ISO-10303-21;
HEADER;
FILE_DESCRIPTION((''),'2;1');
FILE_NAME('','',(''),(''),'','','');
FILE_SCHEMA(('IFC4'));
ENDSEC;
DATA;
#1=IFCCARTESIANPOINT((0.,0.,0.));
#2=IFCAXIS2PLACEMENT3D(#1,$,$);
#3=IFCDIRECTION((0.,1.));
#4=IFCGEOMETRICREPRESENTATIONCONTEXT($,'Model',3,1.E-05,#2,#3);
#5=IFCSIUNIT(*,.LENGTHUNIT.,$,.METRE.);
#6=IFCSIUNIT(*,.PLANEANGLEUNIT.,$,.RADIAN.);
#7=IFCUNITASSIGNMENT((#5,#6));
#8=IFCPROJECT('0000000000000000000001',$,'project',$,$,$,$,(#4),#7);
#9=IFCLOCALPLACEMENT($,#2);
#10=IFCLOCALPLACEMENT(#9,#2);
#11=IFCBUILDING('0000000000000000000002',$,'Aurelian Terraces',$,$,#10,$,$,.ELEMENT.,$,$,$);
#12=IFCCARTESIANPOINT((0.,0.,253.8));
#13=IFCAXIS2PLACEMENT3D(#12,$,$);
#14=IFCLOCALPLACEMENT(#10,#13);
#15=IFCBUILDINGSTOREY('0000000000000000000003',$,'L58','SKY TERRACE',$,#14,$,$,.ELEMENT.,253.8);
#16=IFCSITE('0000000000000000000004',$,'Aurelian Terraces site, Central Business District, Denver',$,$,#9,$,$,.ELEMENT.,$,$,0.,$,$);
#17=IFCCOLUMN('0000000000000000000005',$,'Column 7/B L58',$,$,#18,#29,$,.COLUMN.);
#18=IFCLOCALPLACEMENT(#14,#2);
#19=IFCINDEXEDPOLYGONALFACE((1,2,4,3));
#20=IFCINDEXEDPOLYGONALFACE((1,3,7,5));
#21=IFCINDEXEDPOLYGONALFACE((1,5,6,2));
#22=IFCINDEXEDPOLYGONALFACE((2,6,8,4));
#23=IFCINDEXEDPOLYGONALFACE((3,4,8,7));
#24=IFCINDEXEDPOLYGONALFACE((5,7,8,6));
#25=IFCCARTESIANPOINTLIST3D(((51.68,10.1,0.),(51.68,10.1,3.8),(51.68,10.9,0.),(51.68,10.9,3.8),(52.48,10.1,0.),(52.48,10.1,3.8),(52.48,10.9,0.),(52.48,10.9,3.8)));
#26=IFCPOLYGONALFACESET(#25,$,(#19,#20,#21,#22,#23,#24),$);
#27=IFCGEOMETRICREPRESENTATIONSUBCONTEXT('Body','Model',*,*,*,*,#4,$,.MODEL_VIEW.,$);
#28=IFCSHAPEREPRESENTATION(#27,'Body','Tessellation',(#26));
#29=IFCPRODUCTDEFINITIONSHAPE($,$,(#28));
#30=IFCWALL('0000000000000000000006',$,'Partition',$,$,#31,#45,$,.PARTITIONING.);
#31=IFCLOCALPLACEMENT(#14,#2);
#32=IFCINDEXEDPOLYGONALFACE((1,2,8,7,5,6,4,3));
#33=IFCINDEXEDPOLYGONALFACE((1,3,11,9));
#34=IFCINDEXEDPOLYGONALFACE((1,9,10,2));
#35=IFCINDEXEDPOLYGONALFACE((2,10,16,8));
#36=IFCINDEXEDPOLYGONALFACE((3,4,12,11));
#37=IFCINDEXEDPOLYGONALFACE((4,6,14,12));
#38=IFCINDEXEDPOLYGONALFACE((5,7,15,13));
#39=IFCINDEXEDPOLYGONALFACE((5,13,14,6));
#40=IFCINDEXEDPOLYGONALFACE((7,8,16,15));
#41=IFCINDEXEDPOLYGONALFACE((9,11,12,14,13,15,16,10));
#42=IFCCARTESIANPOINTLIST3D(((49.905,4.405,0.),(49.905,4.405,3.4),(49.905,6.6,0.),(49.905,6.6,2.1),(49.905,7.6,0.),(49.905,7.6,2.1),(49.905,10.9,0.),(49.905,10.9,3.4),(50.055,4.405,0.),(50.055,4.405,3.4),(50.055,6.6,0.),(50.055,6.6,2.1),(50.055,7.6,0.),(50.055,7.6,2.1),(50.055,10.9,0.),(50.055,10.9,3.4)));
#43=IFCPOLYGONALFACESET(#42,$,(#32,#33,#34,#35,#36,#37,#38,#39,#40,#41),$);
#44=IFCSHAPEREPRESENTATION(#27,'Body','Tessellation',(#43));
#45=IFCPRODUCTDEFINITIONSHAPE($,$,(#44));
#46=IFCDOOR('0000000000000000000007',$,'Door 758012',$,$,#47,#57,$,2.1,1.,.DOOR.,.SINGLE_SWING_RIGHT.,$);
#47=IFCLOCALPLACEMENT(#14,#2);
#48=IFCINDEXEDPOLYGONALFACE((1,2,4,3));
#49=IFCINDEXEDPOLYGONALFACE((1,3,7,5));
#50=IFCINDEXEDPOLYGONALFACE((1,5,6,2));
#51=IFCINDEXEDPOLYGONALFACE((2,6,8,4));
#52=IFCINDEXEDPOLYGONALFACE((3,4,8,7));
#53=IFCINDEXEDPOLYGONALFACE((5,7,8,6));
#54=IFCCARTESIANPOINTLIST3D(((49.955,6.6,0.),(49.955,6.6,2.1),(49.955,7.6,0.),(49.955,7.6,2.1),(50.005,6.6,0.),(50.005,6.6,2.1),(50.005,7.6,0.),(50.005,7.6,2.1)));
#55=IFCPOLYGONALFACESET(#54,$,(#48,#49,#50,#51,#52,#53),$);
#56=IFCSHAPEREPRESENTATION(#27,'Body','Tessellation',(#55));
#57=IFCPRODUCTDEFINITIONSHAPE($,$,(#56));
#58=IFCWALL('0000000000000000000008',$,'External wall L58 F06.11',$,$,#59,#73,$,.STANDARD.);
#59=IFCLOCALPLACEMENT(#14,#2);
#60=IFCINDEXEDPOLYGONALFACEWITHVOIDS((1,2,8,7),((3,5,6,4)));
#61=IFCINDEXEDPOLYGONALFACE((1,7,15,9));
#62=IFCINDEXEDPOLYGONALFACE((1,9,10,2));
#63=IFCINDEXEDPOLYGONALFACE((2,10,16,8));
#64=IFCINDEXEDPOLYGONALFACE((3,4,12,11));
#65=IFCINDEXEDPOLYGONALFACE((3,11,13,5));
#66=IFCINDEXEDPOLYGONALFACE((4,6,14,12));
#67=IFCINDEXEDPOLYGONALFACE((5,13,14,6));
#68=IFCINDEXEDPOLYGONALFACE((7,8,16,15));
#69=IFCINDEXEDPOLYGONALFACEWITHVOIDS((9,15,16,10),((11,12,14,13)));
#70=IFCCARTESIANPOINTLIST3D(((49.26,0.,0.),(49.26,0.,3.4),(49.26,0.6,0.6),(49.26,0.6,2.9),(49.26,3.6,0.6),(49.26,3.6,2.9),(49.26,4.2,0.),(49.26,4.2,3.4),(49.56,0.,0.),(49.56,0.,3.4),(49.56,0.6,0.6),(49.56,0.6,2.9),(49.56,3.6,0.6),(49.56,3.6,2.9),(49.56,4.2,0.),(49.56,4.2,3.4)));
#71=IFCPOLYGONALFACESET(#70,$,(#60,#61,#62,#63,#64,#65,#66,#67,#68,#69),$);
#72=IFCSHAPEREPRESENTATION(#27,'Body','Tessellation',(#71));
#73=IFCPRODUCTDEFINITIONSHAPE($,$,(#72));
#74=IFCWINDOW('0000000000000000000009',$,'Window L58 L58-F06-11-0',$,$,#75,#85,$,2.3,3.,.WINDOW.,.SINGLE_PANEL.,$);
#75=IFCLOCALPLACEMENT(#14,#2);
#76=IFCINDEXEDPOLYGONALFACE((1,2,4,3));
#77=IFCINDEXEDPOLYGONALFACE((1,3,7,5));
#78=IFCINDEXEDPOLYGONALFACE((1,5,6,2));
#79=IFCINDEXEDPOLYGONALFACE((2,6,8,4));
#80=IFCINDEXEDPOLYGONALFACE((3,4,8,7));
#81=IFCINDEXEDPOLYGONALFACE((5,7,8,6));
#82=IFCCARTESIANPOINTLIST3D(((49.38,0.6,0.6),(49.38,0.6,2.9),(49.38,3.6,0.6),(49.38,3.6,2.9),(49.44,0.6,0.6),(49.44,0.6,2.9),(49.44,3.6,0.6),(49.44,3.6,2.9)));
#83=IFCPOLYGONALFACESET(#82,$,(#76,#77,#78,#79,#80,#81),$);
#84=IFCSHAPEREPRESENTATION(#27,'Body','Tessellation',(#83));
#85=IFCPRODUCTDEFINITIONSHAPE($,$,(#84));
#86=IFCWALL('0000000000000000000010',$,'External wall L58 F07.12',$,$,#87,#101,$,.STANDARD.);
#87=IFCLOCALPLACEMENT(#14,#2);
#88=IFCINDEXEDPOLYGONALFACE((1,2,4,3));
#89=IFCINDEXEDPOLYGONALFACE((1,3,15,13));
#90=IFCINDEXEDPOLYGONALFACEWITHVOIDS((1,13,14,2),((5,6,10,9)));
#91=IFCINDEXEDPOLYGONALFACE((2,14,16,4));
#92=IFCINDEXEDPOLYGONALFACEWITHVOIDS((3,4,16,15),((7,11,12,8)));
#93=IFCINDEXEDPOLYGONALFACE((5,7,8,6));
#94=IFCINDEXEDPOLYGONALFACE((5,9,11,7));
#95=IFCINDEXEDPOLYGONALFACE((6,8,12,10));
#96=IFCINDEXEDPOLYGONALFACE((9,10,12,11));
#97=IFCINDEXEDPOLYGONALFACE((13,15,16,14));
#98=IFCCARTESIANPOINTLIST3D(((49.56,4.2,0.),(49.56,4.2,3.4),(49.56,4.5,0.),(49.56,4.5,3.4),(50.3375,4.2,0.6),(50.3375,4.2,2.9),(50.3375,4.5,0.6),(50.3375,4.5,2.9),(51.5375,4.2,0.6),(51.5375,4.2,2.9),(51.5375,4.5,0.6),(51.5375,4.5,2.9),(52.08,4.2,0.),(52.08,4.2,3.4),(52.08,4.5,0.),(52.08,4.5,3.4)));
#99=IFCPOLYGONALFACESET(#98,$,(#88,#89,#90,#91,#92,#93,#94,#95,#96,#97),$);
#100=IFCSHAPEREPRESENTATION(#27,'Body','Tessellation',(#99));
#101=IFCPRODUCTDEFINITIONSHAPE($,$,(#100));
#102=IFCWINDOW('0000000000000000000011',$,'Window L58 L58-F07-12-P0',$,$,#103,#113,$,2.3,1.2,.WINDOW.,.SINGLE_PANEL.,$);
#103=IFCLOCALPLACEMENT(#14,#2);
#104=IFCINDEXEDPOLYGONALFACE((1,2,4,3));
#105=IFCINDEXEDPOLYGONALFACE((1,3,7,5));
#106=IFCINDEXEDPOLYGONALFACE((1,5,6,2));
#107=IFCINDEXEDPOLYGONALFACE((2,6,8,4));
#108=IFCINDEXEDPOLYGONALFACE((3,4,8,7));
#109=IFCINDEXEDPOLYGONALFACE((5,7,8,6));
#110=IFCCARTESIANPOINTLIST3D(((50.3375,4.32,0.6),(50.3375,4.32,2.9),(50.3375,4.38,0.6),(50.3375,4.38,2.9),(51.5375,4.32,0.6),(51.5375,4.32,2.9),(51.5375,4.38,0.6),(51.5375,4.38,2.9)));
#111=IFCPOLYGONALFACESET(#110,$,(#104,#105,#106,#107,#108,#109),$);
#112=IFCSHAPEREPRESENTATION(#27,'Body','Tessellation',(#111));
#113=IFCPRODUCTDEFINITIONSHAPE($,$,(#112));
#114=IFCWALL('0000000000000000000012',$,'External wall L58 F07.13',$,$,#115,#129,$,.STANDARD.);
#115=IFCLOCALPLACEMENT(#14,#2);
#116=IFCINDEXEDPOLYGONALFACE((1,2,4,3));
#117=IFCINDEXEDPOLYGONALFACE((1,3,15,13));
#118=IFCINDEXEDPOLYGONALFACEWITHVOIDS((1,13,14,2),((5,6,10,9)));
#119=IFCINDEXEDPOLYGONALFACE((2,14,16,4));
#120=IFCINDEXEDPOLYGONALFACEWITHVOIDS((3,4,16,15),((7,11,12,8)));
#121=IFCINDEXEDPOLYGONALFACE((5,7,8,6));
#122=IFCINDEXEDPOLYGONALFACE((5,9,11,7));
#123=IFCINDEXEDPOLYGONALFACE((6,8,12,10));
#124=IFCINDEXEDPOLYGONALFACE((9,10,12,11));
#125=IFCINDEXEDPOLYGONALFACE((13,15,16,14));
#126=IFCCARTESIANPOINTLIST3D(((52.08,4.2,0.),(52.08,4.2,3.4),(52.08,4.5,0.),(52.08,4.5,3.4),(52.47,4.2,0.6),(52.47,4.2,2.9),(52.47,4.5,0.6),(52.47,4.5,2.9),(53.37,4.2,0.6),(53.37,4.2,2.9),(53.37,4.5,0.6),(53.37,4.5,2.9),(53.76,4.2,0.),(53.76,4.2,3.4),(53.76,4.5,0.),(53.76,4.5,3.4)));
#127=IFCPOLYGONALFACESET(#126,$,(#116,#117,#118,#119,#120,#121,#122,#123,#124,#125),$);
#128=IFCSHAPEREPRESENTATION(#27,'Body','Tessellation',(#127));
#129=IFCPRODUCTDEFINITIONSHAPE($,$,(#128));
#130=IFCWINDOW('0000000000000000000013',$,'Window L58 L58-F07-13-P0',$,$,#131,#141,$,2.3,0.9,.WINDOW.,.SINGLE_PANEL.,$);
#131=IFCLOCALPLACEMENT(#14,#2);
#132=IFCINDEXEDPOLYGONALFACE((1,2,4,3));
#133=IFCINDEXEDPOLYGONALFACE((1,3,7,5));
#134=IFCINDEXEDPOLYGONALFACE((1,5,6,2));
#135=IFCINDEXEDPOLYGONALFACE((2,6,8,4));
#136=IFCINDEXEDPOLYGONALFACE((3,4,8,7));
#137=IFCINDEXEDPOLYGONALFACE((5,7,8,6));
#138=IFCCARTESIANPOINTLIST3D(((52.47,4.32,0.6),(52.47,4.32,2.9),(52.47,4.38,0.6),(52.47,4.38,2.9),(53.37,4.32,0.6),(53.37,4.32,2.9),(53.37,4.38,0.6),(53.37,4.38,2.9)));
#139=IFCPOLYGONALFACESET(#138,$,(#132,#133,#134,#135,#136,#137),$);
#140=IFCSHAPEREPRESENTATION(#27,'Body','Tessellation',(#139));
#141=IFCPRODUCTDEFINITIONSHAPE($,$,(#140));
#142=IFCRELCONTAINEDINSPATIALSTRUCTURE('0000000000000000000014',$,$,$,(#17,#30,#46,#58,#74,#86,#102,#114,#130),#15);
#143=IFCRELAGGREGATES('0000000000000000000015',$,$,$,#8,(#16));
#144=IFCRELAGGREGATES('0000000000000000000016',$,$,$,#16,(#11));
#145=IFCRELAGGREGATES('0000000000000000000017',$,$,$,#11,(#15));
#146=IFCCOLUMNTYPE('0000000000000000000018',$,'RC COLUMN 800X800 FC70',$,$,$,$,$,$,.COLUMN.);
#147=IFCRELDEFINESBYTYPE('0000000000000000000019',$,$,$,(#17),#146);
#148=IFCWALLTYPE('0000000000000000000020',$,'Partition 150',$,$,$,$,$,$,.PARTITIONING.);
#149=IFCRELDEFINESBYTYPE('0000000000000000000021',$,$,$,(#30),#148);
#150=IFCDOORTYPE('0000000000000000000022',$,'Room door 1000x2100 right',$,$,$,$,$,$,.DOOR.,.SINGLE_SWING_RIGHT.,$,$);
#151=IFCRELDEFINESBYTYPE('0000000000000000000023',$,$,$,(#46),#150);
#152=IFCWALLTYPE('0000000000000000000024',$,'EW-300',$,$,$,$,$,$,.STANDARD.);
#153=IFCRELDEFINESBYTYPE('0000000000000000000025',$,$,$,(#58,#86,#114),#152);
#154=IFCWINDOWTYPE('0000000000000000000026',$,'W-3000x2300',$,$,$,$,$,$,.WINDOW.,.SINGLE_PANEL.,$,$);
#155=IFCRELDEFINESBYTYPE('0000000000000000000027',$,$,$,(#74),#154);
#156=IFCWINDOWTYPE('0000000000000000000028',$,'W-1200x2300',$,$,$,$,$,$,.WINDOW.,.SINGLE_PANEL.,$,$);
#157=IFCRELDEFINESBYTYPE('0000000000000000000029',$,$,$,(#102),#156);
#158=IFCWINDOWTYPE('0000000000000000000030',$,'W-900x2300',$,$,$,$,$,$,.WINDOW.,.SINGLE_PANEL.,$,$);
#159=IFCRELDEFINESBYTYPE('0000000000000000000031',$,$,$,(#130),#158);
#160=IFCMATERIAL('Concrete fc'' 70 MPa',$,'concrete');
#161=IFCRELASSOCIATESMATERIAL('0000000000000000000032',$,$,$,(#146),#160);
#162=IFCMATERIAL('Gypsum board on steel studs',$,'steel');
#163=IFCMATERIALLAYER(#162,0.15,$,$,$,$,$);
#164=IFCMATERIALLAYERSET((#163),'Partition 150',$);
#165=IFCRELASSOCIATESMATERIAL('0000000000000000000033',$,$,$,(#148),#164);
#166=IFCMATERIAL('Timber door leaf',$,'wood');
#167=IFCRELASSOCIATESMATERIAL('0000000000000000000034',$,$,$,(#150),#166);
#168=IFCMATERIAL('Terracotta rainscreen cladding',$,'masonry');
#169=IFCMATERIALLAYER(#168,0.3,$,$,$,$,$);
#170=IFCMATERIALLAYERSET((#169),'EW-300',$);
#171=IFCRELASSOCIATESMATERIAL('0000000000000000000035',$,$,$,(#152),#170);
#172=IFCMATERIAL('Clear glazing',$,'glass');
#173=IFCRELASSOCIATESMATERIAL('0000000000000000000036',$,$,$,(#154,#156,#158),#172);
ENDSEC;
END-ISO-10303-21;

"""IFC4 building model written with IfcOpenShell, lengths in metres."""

from ifc_helpers import new_model, si_unit, direction, frame, frame_2d, origin, origin_2d, place, context, subcontext, project, spatial, rectangle, extrude, source, transform, mapped, material, layer, layer_set, material_profile, profile_set, type_object, element, fill, save


model = new_model("IFC4")

# Units and contexts
model_context = context("Model", 3, precision=1e-05, world=origin(), true_north=direction((0.0, 1.0)))
body_context = subcontext(model_context, "Body", "Model", "MODEL_VIEW")
ifc_project = project(units=[si_unit("LENGTHUNIT", "METRE"), si_unit("PLANEANGLEUNIT", "RADIAN")], contexts=[model_context])

# Site, building, storey
site_placement = place(None, origin())
site = spatial("IfcSite", under=ifc_project, at=site_placement, Name="Aurelian Terraces site, Central Business District, Denver", CompositionType="ELEMENT", RefElevation=0.0)
building_placement = place(site_placement, origin())
building = spatial("IfcBuilding", under=site, at=building_placement, Name="Aurelian Terraces", CompositionType="ELEMENT")
storey_placement = place(building_placement, frame((0.0, 0.0, 253.8)))
storey = spatial("IfcBuildingStorey", under=building, at=storey_placement, Name="L58", Description="SKY TERRACE", CompositionType="ELEMENT", Elevation=253.8)

# Column
ifc_material_1 = material(Name="Concrete fc' 70 MPa", Category="concrete")
ifc_material_profile = material_profile(ifc_material_1, rectangle(XDim=0.8, YDim=0.8, at=origin_2d()))
ifc_profile_set = profile_set([ifc_material_profile], Name="Concrete fc' 70 MPa")
column_type = type_object("IfcColumnType", Name="RC COLUMN 800X800 FC70", PredefinedType="COLUMN", material=ifc_profile_set)
shared_shape_1 = source(origin(), body_context, "Body", "SweptSolid", [
    extrude(rectangle(XDim=0.8, YDim=0.8, at=origin_2d()), origin(), (0.0, 0.0, 1.0), 3.8),
])
column_placement = place(storey_placement, frame((52.08, 10.5, 0.0), z_axis=(0.0, 0.0, 1.0), x_axis=(1.0, 0.0, 0.0)))
element("IfcColumn", 1, at=column_placement, inside=storey, type_object=column_type, Name="Column 7/B L58", PredefinedType="COLUMN", context=body_context, shape_type="MappedRepresentation", body=[
    mapped(shared_shape_1, transform((0.0, 0.0, 0.0), scale=1.0)),
])

# Wall, opening, door
ifc_material_2 = material(Name="Gypsum board on steel studs", Category="steel")
ifc_layer_1 = layer(ifc_material_2, 0.15)
ifc_layer_set_1 = layer_set([ifc_layer_1], Name="Partition 150")
wall_type_1 = type_object("IfcWallType", Name="Partition 150", PredefinedType="PARTITIONING", material=ifc_layer_set_1)
wall_1_placement = place(storey_placement, frame((49.98, 4.405, 0.0), z_axis=(0.0, 0.0, 1.0), x_axis=(0.0, 1.0, 0.0)))
wall_1 = element("IfcWall", 2, at=wall_1_placement, inside=storey, type_object=wall_type_1, Name="Partition", PredefinedType="PARTITIONING", context=body_context, shape_type="SweptSolid", body=[
    extrude(rectangle(XDim=6.495, YDim=0.15, at=frame_2d((3.2475, 0.0))), origin(), (0.0, 0.0, 1.0), 3.4),
])
shared_shape_2 = source(origin(), body_context, "Body", "SweptSolid", [
    extrude(rectangle(XDim=1.0, YDim=2.1, at=frame_2d((0.5, 1.05))), frame((0.0, 0.085, 0.0), z_axis=(0.0, -1.0, 0.0), x_axis=(1.0, 0.0, 0.0)), (0.0, 0.0, 1.0), 0.17),
])
opening_1_placement = place(wall_1_placement, frame((2.195, 0.0, 0.0)))
opening_1 = element("IfcOpeningElement", 3, at=opening_1_placement, cuts=wall_1, PredefinedType="OPENING", context=body_context, shape_type="MappedRepresentation", body=[
    mapped(shared_shape_2, transform((0.0, 0.0, 0.0), scale=1.0)),
])
ifc_material_3 = material(Name="Timber door leaf", Category="wood")
door_type_1 = type_object("IfcDoorType", Name="Room door 1000x2100 right", OperationType="SINGLE_SWING_RIGHT", PredefinedType="DOOR", material=ifc_material_3)
shared_shape_3 = source(origin(), body_context, "Body", "SweptSolid", [
    extrude(rectangle(XDim=1.0, YDim=2.1, at=frame_2d((0.5, 1.05))), frame((0.0, 0.025, 0.0), z_axis=(0.0, -1.0, 0.0), x_axis=(1.0, 0.0, 0.0)), (0.0, 0.0, 1.0), 0.05),
])
door_1_placement = place(opening_1_placement, origin())
door_1 = element("IfcDoor", 4, at=door_1_placement, inside=storey, type_object=door_type_1, Name="Door 758012", OperationType="SINGLE_SWING_RIGHT", OverallHeight=2.1, OverallWidth=1.0, PredefinedType="DOOR", context=body_context, shape_type="MappedRepresentation", body=[
    mapped(shared_shape_3, transform((0.0, 0.0, 0.0), scale=1.0)),
])
fill(opening_1, door_1)

# Walls, openings, windows
ifc_material_4 = material(Name="Terracotta rainscreen cladding", Category="masonry")
ifc_layer_2 = layer(ifc_material_4, 0.3)
ifc_layer_set_2 = layer_set([ifc_layer_2], Name="EW-300")
wall_type_2 = type_object("IfcWallType", Name="EW-300", PredefinedType="STANDARD", material=ifc_layer_set_2)
shared_shape_4 = source(origin(), body_context, "Body", "SweptSolid", [
    extrude(rectangle(XDim=4.2, YDim=0.3, at=frame_2d((2.1, 0.0))), origin(), (0.0, 0.0, 1.0), 3.4),
])
wall_2_placement = place(storey_placement, frame((49.41, 0.0, 0.0), z_axis=(0.0, 0.0, 1.0), x_axis=(0.0, 1.0, 0.0)))
wall_2 = element("IfcWall", 5, at=wall_2_placement, inside=storey, type_object=wall_type_2, Name="External wall L58 F06.11", PredefinedType="STANDARD", context=body_context, shape_type="MappedRepresentation", body=[
    mapped(shared_shape_4, transform((0.0, 0.0, 0.0), scale=1.0)),
])
shared_shape_5 = source(origin(), body_context, "Body", "SweptSolid", [
    extrude(rectangle(XDim=3.0, YDim=2.3, at=frame_2d((1.5, 1.15))), frame((0.0, 0.16, 0.0), z_axis=(0.0, -1.0, 0.0), x_axis=(1.0, 0.0, 0.0)), (0.0, 0.0, 1.0), 0.32),
])
opening_2_placement = place(wall_2_placement, frame((0.6, 0.0, 0.6)))
opening_2 = element("IfcOpeningElement", 6, at=opening_2_placement, cuts=wall_2, PredefinedType="OPENING", context=body_context, shape_type="MappedRepresentation", body=[
    mapped(shared_shape_5, transform((0.0, 0.0, 0.0), scale=1.0)),
])
ifc_material_5 = material(Name="Clear glazing", Category="glass")
window_type_1 = type_object("IfcWindowType", Name="W-3000x2300", PartitioningType="SINGLE_PANEL", PredefinedType="WINDOW", material=ifc_material_5)
shared_shape_6 = source(origin(), body_context, "Body", "SweptSolid", [
    extrude(rectangle(XDim=3.0, YDim=2.3, at=frame_2d((1.5, 1.15))), frame((0.0, 0.03, 0.0), z_axis=(0.0, -1.0, 0.0), x_axis=(1.0, 0.0, 0.0)), (0.0, 0.0, 1.0), 0.06),
])
window_1_placement = place(opening_2_placement, origin())
window_1 = element("IfcWindow", 7, at=window_1_placement, inside=storey, type_object=window_type_1, Name="Window L58 L58-F06-11-0", OverallHeight=2.3, OverallWidth=3.0, PartitioningType="SINGLE_PANEL", PredefinedType="WINDOW", context=body_context, shape_type="MappedRepresentation", body=[
    mapped(shared_shape_6, transform((0.0, 0.0, 0.0), scale=1.0)),
])
fill(opening_2, window_1)
shared_shape_7 = source(origin(), body_context, "Body", "SweptSolid", [
    extrude(rectangle(XDim=2.52, YDim=0.3, at=frame_2d((1.26, 0.0))), origin(), (0.0, 0.0, 1.0), 3.4),
])
wall_3_placement = place(storey_placement, frame((49.56, 4.35, 0.0), z_axis=(0.0, 0.0, 1.0), x_axis=(1.0, 0.0, 0.0)))
wall_3 = element("IfcWall", 8, at=wall_3_placement, inside=storey, type_object=wall_type_2, Name="External wall L58 F07.12", PredefinedType="STANDARD", context=body_context, shape_type="MappedRepresentation", body=[
    mapped(shared_shape_7, transform((0.0, 0.0, 0.0), scale=1.0)),
])
shared_shape_8 = source(origin(), body_context, "Body", "SweptSolid", [
    extrude(rectangle(XDim=1.2, YDim=2.3, at=frame_2d((0.6, 1.15))), frame((0.0, 0.16, 0.0), z_axis=(0.0, -1.0, 0.0), x_axis=(1.0, 0.0, 0.0)), (0.0, 0.0, 1.0), 0.32),
])
opening_3_placement = place(wall_3_placement, frame((0.7775, 0.0, 0.6)))
opening_3 = element("IfcOpeningElement", 9, at=opening_3_placement, cuts=wall_3, PredefinedType="OPENING", context=body_context, shape_type="MappedRepresentation", body=[
    mapped(shared_shape_8, transform((0.0, 0.0, 0.0), scale=1.0)),
])
window_type_2 = type_object("IfcWindowType", Name="W-1200x2300", PartitioningType="SINGLE_PANEL", PredefinedType="WINDOW", material=ifc_material_5)
shared_shape_9 = source(origin(), body_context, "Body", "SweptSolid", [
    extrude(rectangle(XDim=1.2, YDim=2.3, at=frame_2d((0.6, 1.15))), frame((0.0, 0.03, 0.0), z_axis=(0.0, -1.0, 0.0), x_axis=(1.0, 0.0, 0.0)), (0.0, 0.0, 1.0), 0.06),
])
window_2_placement = place(opening_3_placement, origin())
window_2 = element("IfcWindow", 10, at=window_2_placement, inside=storey, type_object=window_type_2, Name="Window L58 L58-F07-12-P0", OverallHeight=2.3, OverallWidth=1.2, PartitioningType="SINGLE_PANEL", PredefinedType="WINDOW", context=body_context, shape_type="MappedRepresentation", body=[
    mapped(shared_shape_9, transform((0.0, 0.0, 0.0), scale=1.0)),
])
fill(opening_3, window_2)
shared_shape_10 = source(origin(), body_context, "Body", "SweptSolid", [
    extrude(rectangle(XDim=1.68, YDim=0.3, at=frame_2d((0.84, 0.0))), origin(), (0.0, 0.0, 1.0), 3.4),
])
wall_4_placement = place(storey_placement, frame((52.08, 4.35, 0.0), z_axis=(0.0, 0.0, 1.0), x_axis=(1.0, 0.0, 0.0)))
wall_4 = element("IfcWall", 11, at=wall_4_placement, inside=storey, type_object=wall_type_2, Name="External wall L58 F07.13", PredefinedType="STANDARD", context=body_context, shape_type="MappedRepresentation", body=[
    mapped(shared_shape_10, transform((0.0, 0.0, 0.0), scale=1.0)),
])
shared_shape_11 = source(origin(), body_context, "Body", "SweptSolid", [
    extrude(rectangle(XDim=0.9, YDim=2.3, at=frame_2d((0.45, 1.15))), frame((0.0, 0.16, 0.0), z_axis=(0.0, -1.0, 0.0), x_axis=(1.0, 0.0, 0.0)), (0.0, 0.0, 1.0), 0.32),
])
opening_4_placement = place(wall_4_placement, frame((0.39, 0.0, 0.6)))
opening_4 = element("IfcOpeningElement", 12, at=opening_4_placement, cuts=wall_4, PredefinedType="OPENING", context=body_context, shape_type="MappedRepresentation", body=[
    mapped(shared_shape_11, transform((0.0, 0.0, 0.0), scale=1.0)),
])
window_type_3 = type_object("IfcWindowType", Name="W-900x2300", PartitioningType="SINGLE_PANEL", PredefinedType="WINDOW", material=ifc_material_5)
shared_shape_12 = source(origin(), body_context, "Body", "SweptSolid", [
    extrude(rectangle(XDim=0.9, YDim=2.3, at=frame_2d((0.45, 1.15))), frame((0.0, 0.03, 0.0), z_axis=(0.0, -1.0, 0.0), x_axis=(1.0, 0.0, 0.0)), (0.0, 0.0, 1.0), 0.06),
])
window_3_placement = place(opening_4_placement, origin())
window_3 = element("IfcWindow", 13, at=window_3_placement, inside=storey, type_object=window_type_3, Name="Window L58 L58-F07-13-P0", OverallHeight=2.3, OverallWidth=0.9, PartitioningType="SINGLE_PANEL", PredefinedType="WINDOW", context=body_context, shape_type="MappedRepresentation", body=[
    mapped(shared_shape_12, transform((0.0, 0.0, 0.0), scale=1.0)),
])
fill(opening_4, window_3)

save(model, "model.ifc")
